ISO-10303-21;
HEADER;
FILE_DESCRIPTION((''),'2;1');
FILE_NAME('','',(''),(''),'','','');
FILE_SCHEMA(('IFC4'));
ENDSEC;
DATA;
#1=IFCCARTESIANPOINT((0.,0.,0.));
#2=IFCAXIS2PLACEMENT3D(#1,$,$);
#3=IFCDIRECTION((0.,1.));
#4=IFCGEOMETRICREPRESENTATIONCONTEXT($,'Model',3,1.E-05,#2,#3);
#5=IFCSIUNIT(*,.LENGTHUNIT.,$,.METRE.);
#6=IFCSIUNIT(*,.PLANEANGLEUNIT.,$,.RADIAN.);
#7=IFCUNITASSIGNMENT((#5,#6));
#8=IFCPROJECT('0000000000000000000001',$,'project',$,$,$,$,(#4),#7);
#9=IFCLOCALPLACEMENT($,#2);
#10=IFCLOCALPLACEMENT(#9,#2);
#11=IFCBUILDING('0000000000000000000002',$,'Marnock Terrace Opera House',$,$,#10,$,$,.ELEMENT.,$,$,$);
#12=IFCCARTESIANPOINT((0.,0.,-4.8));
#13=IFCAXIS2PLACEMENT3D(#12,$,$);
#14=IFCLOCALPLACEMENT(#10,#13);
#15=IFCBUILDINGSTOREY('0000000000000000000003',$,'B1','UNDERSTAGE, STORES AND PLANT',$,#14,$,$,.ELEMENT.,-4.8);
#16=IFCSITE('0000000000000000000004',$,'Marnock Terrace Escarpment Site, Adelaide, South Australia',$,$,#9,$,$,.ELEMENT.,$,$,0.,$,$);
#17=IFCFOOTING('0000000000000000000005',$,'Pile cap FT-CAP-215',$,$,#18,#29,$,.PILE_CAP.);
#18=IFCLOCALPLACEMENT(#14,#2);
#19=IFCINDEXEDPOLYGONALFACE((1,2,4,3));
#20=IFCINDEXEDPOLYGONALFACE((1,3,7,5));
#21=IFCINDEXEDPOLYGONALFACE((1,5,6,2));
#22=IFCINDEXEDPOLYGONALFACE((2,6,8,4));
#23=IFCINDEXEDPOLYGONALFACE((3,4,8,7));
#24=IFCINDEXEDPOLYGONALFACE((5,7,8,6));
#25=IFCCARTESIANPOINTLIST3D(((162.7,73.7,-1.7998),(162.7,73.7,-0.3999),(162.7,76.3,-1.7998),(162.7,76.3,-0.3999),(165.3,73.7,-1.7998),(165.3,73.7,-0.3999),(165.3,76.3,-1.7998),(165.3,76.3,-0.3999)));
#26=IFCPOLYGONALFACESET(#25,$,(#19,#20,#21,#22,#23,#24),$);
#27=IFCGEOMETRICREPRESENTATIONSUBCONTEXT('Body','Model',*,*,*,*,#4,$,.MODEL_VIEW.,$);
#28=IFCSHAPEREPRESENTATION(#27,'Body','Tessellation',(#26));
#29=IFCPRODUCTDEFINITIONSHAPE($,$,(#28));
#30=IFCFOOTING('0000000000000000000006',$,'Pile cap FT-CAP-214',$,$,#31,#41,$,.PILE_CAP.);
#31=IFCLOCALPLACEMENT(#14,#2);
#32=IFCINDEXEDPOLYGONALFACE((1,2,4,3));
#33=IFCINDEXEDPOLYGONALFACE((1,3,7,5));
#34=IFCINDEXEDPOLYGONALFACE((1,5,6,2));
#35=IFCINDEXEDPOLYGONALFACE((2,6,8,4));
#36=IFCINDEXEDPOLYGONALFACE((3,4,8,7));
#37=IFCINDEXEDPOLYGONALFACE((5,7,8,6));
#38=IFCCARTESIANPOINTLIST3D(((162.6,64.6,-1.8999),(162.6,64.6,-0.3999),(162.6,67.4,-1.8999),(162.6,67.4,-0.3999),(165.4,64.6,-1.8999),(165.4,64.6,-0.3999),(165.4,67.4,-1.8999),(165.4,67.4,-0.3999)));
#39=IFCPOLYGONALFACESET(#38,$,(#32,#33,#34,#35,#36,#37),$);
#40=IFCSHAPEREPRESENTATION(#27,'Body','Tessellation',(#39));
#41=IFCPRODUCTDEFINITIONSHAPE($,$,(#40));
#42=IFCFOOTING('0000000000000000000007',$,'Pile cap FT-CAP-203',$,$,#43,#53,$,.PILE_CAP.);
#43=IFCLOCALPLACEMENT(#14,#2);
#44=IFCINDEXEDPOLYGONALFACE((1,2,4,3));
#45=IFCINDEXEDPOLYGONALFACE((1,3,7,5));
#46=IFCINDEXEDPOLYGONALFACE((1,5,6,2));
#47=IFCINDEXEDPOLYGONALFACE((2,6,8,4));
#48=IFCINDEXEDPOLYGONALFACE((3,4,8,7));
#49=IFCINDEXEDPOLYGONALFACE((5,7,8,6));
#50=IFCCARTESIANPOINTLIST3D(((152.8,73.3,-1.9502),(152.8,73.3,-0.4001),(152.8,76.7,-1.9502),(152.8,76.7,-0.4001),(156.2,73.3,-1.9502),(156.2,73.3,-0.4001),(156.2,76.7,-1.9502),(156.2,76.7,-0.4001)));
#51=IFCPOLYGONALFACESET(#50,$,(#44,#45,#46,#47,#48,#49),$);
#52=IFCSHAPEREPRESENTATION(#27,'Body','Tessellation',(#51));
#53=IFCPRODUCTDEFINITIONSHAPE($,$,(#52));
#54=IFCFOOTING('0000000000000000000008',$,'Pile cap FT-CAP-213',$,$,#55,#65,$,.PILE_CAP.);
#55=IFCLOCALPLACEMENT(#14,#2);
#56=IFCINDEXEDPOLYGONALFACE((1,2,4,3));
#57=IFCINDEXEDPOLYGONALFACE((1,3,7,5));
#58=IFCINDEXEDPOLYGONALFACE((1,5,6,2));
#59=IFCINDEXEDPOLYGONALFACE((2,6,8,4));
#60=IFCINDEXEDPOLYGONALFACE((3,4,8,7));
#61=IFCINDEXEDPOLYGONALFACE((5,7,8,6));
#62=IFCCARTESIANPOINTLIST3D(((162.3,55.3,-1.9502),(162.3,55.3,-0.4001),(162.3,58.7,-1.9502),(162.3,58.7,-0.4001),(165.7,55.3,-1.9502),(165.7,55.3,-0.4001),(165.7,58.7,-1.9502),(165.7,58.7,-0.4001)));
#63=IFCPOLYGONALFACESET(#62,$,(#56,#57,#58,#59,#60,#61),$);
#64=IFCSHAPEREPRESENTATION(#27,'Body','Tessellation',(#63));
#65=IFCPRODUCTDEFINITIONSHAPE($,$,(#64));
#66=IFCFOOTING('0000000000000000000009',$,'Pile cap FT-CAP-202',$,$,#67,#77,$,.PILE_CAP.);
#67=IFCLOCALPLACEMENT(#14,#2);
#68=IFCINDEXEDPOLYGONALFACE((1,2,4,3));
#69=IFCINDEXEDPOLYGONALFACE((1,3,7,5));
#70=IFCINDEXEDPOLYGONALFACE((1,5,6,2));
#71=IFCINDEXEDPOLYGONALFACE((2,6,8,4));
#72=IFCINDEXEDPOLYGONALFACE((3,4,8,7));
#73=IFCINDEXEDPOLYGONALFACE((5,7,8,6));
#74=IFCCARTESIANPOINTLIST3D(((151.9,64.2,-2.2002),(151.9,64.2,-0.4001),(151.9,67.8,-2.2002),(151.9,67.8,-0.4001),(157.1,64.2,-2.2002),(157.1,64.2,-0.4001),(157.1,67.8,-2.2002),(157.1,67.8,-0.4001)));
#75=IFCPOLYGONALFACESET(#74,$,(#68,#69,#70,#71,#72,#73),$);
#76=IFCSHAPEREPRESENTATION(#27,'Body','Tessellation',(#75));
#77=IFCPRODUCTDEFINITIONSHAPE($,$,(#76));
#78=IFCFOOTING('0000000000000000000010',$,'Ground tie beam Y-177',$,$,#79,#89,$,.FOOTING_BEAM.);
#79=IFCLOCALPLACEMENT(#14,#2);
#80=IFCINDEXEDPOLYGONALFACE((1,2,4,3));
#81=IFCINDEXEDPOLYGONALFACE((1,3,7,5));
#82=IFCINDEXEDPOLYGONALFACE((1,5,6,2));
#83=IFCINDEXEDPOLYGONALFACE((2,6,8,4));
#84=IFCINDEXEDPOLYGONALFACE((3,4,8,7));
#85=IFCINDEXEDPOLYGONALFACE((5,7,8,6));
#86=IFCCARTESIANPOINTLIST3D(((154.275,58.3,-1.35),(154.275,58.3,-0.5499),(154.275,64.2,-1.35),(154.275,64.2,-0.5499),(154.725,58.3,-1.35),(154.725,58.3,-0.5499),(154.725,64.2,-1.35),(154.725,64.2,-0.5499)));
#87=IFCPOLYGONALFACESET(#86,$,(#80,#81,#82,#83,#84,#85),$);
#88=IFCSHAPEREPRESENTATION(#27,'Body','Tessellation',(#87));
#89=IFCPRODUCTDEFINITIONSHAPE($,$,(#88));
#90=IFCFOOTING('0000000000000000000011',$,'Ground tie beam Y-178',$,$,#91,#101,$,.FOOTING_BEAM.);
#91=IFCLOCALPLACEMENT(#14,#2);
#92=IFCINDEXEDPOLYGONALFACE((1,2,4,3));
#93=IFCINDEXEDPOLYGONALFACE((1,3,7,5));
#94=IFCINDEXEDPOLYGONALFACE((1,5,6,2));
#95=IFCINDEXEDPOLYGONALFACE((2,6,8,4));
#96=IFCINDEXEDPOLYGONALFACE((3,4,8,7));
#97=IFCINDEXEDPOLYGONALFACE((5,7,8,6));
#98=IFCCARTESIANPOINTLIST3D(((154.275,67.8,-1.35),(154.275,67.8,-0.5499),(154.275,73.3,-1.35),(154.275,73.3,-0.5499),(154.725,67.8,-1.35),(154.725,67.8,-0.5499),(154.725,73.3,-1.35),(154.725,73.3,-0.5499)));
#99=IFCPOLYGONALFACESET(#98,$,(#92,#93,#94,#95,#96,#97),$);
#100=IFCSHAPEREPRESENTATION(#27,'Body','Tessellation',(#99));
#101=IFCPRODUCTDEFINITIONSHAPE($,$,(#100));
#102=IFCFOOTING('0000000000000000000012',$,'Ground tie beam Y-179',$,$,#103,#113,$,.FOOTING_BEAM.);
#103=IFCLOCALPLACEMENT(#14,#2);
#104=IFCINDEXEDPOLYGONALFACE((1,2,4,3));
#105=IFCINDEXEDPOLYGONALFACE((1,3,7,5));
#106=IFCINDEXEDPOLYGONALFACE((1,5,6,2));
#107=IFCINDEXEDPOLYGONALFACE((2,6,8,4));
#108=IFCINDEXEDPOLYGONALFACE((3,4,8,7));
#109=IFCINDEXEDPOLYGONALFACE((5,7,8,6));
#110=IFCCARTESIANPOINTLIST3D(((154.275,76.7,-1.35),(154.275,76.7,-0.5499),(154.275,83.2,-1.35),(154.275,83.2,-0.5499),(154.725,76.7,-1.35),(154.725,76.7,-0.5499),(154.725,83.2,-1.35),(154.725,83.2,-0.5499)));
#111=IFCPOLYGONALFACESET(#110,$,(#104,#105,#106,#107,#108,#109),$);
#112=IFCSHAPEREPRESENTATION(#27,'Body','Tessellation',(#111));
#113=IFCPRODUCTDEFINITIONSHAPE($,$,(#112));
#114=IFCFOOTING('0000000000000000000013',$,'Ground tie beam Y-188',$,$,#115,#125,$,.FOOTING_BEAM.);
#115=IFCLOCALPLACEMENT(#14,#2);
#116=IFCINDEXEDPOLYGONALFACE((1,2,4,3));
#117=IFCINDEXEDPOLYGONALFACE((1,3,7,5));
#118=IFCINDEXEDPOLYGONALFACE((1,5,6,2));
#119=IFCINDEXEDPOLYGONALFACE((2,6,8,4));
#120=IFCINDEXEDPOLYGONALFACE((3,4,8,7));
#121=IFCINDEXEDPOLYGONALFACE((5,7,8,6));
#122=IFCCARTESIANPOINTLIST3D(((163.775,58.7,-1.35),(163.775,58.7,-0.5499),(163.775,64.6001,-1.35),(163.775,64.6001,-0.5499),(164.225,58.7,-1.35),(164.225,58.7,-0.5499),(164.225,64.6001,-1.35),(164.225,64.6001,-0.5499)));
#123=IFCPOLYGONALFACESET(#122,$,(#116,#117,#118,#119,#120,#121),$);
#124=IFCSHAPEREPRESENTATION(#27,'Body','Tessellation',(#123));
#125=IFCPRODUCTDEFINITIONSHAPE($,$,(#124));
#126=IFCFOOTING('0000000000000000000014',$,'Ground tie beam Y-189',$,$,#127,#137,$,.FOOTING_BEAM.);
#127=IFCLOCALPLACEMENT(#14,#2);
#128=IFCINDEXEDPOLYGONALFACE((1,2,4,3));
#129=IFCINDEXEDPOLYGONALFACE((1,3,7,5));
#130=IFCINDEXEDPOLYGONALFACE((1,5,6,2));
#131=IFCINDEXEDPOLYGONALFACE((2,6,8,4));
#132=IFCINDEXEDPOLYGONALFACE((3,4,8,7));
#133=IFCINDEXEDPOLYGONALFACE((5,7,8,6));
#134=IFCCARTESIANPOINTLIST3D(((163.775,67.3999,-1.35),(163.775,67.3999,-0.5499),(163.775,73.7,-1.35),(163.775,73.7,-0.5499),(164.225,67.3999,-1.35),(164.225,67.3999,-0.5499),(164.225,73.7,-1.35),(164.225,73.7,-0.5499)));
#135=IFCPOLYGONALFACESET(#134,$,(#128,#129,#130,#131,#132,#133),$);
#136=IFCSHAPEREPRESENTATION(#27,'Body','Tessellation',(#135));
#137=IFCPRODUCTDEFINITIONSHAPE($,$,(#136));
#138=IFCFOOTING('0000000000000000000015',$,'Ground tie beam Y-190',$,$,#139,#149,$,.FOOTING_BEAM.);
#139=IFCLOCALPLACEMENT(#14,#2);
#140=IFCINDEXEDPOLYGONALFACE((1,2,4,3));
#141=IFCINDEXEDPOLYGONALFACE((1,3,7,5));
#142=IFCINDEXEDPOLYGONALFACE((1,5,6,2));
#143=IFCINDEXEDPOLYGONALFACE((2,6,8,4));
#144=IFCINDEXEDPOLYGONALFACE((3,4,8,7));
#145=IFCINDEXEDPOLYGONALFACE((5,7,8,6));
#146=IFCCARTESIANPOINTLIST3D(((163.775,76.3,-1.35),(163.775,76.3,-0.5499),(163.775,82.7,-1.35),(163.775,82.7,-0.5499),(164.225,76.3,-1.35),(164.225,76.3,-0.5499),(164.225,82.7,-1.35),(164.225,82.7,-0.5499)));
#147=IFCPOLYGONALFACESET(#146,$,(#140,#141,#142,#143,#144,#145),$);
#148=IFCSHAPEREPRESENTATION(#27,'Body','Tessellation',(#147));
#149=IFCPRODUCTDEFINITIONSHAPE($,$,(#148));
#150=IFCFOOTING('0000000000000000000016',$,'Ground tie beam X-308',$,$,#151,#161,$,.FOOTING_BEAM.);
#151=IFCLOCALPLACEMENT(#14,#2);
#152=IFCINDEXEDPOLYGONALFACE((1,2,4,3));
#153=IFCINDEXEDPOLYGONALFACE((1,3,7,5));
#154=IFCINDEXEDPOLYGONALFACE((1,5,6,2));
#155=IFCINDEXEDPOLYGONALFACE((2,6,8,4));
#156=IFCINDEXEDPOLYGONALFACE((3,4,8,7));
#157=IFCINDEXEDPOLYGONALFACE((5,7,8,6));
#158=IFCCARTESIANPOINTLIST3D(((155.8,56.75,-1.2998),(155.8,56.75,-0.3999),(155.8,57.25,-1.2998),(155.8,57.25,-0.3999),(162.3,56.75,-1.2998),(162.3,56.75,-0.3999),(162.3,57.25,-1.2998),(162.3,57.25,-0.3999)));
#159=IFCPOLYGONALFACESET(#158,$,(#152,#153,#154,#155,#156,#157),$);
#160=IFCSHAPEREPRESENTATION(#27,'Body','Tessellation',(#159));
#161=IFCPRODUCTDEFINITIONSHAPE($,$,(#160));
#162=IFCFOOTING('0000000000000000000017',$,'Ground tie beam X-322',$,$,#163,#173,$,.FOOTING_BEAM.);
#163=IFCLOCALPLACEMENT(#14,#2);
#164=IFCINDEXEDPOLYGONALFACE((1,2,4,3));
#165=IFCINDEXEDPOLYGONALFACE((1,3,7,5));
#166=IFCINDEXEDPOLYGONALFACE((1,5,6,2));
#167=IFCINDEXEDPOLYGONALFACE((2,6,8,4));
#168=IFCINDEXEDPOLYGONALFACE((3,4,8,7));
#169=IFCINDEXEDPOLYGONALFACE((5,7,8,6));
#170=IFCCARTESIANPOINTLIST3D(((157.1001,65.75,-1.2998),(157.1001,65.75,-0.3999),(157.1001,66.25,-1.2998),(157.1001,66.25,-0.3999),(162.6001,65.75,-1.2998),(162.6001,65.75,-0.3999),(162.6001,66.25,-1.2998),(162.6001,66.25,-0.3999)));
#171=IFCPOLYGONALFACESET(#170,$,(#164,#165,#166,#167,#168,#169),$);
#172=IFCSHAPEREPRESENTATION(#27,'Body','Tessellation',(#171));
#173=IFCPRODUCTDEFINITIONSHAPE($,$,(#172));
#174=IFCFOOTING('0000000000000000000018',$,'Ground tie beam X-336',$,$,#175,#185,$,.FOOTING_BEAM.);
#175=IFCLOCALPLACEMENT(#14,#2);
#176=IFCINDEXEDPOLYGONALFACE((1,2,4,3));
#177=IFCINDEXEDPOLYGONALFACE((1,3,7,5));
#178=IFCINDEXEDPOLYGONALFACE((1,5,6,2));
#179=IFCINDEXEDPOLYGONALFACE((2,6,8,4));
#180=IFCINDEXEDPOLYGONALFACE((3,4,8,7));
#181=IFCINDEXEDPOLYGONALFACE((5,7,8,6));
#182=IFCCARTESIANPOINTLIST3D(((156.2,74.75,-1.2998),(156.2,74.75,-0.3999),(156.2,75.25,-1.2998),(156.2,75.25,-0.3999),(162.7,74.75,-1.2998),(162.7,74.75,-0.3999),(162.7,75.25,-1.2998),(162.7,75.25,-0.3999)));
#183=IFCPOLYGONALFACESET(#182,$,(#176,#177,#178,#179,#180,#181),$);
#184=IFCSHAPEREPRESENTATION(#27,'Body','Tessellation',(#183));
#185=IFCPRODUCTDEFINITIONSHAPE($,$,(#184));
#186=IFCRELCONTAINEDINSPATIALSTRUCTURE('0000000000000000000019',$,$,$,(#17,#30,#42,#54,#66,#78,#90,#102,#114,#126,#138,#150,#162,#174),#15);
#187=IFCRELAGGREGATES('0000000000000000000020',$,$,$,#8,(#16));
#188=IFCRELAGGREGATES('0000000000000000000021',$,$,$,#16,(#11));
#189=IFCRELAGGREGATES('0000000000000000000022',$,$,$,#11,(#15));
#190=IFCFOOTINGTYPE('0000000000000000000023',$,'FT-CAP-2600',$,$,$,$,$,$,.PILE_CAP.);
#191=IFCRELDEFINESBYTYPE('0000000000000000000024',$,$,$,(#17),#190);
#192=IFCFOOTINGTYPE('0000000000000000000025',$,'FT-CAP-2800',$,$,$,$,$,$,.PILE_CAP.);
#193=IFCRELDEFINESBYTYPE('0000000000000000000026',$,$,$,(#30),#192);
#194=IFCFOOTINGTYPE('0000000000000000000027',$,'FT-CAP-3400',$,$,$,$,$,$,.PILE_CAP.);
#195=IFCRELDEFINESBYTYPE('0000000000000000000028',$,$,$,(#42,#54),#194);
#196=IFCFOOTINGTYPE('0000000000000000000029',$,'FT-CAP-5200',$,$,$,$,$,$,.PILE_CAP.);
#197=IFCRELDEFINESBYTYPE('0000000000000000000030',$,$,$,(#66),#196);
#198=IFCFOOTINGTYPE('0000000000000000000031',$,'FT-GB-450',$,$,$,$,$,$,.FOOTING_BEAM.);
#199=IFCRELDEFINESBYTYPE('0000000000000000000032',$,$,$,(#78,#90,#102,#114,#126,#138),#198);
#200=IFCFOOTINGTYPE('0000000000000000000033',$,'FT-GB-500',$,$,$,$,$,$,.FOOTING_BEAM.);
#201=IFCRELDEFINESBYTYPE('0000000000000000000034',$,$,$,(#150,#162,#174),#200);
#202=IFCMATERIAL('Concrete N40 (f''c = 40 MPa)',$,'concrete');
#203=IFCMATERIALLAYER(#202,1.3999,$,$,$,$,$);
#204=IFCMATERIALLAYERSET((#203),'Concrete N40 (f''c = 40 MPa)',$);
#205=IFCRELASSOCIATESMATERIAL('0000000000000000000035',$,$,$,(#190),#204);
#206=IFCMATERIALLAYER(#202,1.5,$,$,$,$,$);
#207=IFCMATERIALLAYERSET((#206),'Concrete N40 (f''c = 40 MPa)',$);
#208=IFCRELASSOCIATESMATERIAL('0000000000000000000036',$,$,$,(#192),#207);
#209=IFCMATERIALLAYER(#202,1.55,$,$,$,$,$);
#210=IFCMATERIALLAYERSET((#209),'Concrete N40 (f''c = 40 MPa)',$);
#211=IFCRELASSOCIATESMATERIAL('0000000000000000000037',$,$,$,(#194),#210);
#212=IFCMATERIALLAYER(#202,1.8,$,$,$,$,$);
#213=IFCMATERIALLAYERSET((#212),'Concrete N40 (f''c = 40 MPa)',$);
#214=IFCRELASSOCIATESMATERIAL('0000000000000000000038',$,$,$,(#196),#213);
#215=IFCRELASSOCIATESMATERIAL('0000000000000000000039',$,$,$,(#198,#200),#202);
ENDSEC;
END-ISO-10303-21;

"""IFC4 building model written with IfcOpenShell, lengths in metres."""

from ifc_helpers import new_model, si_unit, direction, frame, origin, origin_2d, place, context, subcontext, project, spatial, rectangle, extrude, material, layer, layer_set, material_profile, profile_set, type_object, element, save


model = new_model("IFC4")

# Units and contexts
model_context = context("Model", 3, precision=1e-05, world=origin(), true_north=direction((0.0, 1.0)))
body_context = subcontext(model_context, "Body", "Model", "MODEL_VIEW")
ifc_project = project(units=[si_unit("LENGTHUNIT", "METRE"), si_unit("PLANEANGLEUNIT", "RADIAN")], contexts=[model_context])

# Site, building, storey
site_placement = place(None, origin())
site = spatial("IfcSite", under=ifc_project, at=site_placement, Name="Marnock Terrace Escarpment Site, Adelaide, South Australia", CompositionType="ELEMENT", RefElevation=0.0)
building_placement = place(site_placement, origin())
building = spatial("IfcBuilding", under=site, at=building_placement, Name="Marnock Terrace Opera House", CompositionType="ELEMENT")
storey_placement = place(building_placement, frame((0.0, 0.0, -4.8)))
storey = spatial("IfcBuildingStorey", under=building, at=storey_placement, Name="B1", Description="UNDERSTAGE, STORES AND PLANT", CompositionType="ELEMENT", Elevation=-4.8)

# Footings
ifc_material_1 = material(Name="Concrete N40 (f'c = 40 MPa)", Category="concrete")
ifc_layer_1 = layer(ifc_material_1, 1.3999)
ifc_layer_set_1 = layer_set([ifc_layer_1], Name="Concrete N40 (f'c = 40 MPa)")
footing_type_1 = type_object("IfcFootingType", Name="FT-CAP-2600", PredefinedType="PILE_CAP", material=ifc_layer_set_1)
footing_1_placement = place(storey_placement, frame((164.0, 75.0, -1.7998), z_axis=(0.0, 0.0, 1.0), x_axis=(1.0, 0.0, 0.0)))
element("IfcFooting", 1, at=footing_1_placement, inside=storey, type_object=footing_type_1, Name="Pile cap FT-CAP-215", PredefinedType="PILE_CAP", context=body_context, shape_type="SweptSolid", body=[
    extrude(rectangle(XDim=2.6001, YDim=2.6001, at=origin_2d()), origin(), (0.0, 0.0, 1.0), 1.3999),
])
ifc_layer_2 = layer(ifc_material_1, 1.5)
ifc_layer_set_2 = layer_set([ifc_layer_2], Name="Concrete N40 (f'c = 40 MPa)")
footing_type_2 = type_object("IfcFootingType", Name="FT-CAP-2800", PredefinedType="PILE_CAP", material=ifc_layer_set_2)
footing_2_placement = place(storey_placement, frame((164.0, 66.0, -1.8999), z_axis=(0.0, 0.0, 1.0), x_axis=(1.0, 0.0, 0.0)))
element("IfcFooting", 2, at=footing_2_placement, inside=storey, type_object=footing_type_2, Name="Pile cap FT-CAP-214", PredefinedType="PILE_CAP", context=body_context, shape_type="SweptSolid", body=[
    extrude(rectangle(XDim=2.8, YDim=2.8, at=origin_2d()), origin(), (0.0, 0.0, 1.0), 1.5),
])
ifc_layer_3 = layer(ifc_material_1, 1.55)
ifc_layer_set_3 = layer_set([ifc_layer_3], Name="Concrete N40 (f'c = 40 MPa)")
footing_type_3 = type_object("IfcFootingType", Name="FT-CAP-3400", PredefinedType="PILE_CAP", material=ifc_layer_set_3)
for number, where, z_axis, x_axis, name in (
    (3, (154.5, 75.0, -1.9502), (0.0, 0.0, 1.0), (1.0, 0.0, 0.0), "Pile cap FT-CAP-203"),
    (4, (164.0, 57.0, -1.9502), (0.0, 0.0, 1.0), (1.0, 0.0, 0.0), "Pile cap FT-CAP-213"),
):
    element("IfcFooting", number, at=place(storey_placement, frame(where, z_axis=z_axis, x_axis=x_axis)), inside=storey, type_object=footing_type_3, Name=name, PredefinedType="PILE_CAP", context=body_context, shape_type="SweptSolid", body=[
        extrude(rectangle(XDim=3.3999, YDim=3.3999, at=origin_2d()), origin(), (0.0, 0.0, 1.0), 1.55),
    ])
ifc_layer_4 = layer(ifc_material_1, 1.8)
ifc_layer_set_4 = layer_set([ifc_layer_4], Name="Concrete N40 (f'c = 40 MPa)")
footing_type_4 = type_object("IfcFootingType", Name="FT-CAP-5200", PredefinedType="PILE_CAP", material=ifc_layer_set_4)
footing_3_placement = place(storey_placement, frame((154.5, 66.0, -2.2002), z_axis=(0.0, 0.0, 1.0), x_axis=(1.0, 0.0, 0.0)))
element("IfcFooting", 5, at=footing_3_placement, inside=storey, type_object=footing_type_4, Name="Pile cap FT-CAP-202", PredefinedType="PILE_CAP", context=body_context, shape_type="SweptSolid", body=[
    extrude(rectangle(XDim=5.2, YDim=3.6001, at=origin_2d()), origin(), (0.0, 0.0, 1.0), 1.8),
])
ifc_material_profile_1 = material_profile(ifc_material_1, rectangle(XDim=0.45, YDim=0.8, at=origin_2d()))
ifc_profile_set_1 = profile_set([ifc_material_profile_1], Name="Concrete N40 (f'c = 40 MPa)")
footing_type_5 = type_object("IfcFootingType", Name="FT-GB-450", PredefinedType="FOOTING_BEAM", material=ifc_profile_set_1)
footing_4_placement = place(storey_placement, frame((154.5, 58.3, -0.95), z_axis=(0.0, 1.0, 0.0), x_axis=(-1.0, 0.0, 0.0)))
element("IfcFooting", 6, at=footing_4_placement, inside=storey, type_object=footing_type_5, Name="Ground tie beam Y-177", PredefinedType="FOOTING_BEAM", context=body_context, shape_type="SweptSolid", body=[
    extrude(rectangle(XDim=0.45, YDim=0.8, at=origin_2d()), origin(), (0.0, 0.0, 1.0), 5.8999),
])
footing_5_placement = place(storey_placement, frame((154.5, 67.8, -0.95), z_axis=(0.0, 1.0, 0.0), x_axis=(-1.0, 0.0, 0.0)))
element("IfcFooting", 7, at=footing_5_placement, inside=storey, type_object=footing_type_5, Name="Ground tie beam Y-178", PredefinedType="FOOTING_BEAM", context=body_context, shape_type="SweptSolid", body=[
    extrude(rectangle(XDim=0.45, YDim=0.8, at=origin_2d()), origin(), (0.0, 0.0, 1.0), 5.5),
])
footing_6_placement = place(storey_placement, frame((154.5, 76.7, -0.95), z_axis=(0.0, 1.0, 0.0), x_axis=(-1.0, 0.0, 0.0)))
element("IfcFooting", 8, at=footing_6_placement, inside=storey, type_object=footing_type_5, Name="Ground tie beam Y-179", PredefinedType="FOOTING_BEAM", context=body_context, shape_type="SweptSolid", body=[
    extrude(rectangle(XDim=0.45, YDim=0.8, at=origin_2d()), origin(), (0.0, 0.0, 1.0), 6.5),
])
footing_7_placement = place(storey_placement, frame((164.0, 58.7, -0.95), z_axis=(0.0, 1.0, 0.0), x_axis=(-1.0, 0.0, 0.0)))
element("IfcFooting", 9, at=footing_7_placement, inside=storey, type_object=footing_type_5, Name="Ground tie beam Y-188", PredefinedType="FOOTING_BEAM", context=body_context, shape_type="SweptSolid", body=[
    extrude(rectangle(XDim=0.45, YDim=0.8, at=origin_2d()), origin(), (0.0, 0.0, 1.0), 5.9001),
])
footing_8_placement = place(storey_placement, frame((164.0, 67.3999, -0.95), z_axis=(0.0, 1.0, 0.0), x_axis=(-1.0, 0.0, 0.0)))
element("IfcFooting", 10, at=footing_8_placement, inside=storey, type_object=footing_type_5, Name="Ground tie beam Y-189", PredefinedType="FOOTING_BEAM", context=body_context, shape_type="SweptSolid", body=[
    extrude(rectangle(XDim=0.45, YDim=0.8, at=origin_2d()), origin(), (0.0, 0.0, 1.0), 6.3),
])
footing_9_placement = place(storey_placement, frame((164.0, 76.3, -0.95), z_axis=(0.0, 1.0, 0.0), x_axis=(-1.0, 0.0, 0.0)))
element("IfcFooting", 11, at=footing_9_placement, inside=storey, type_object=footing_type_5, Name="Ground tie beam Y-190", PredefinedType="FOOTING_BEAM", context=body_context, shape_type="SweptSolid", body=[
    extrude(rectangle(XDim=0.45, YDim=0.8, at=origin_2d()), origin(), (0.0, 0.0, 1.0), 6.3999),
])
ifc_material_profile_2 = material_profile(ifc_material_1, rectangle(XDim=0.5, YDim=0.8999, at=origin_2d()))
ifc_profile_set_2 = profile_set([ifc_material_profile_2], Name="Concrete N40 (f'c = 40 MPa)")
footing_type_6 = type_object("IfcFootingType", Name="FT-GB-500", PredefinedType="FOOTING_BEAM", material=ifc_profile_set_2)
footing_10_placement = place(storey_placement, frame((155.8, 57.0, -0.8499), z_axis=(1.0, 0.0, 0.0), x_axis=(0.0, 1.0, 0.0)))
element("IfcFooting", 12, at=footing_10_placement, inside=storey, type_object=footing_type_6, Name="Ground tie beam X-308", PredefinedType="FOOTING_BEAM", context=body_context, shape_type="SweptSolid", body=[
    extrude(rectangle(XDim=0.5, YDim=0.8999, at=origin_2d()), origin(), (0.0, 0.0, 1.0), 6.5),
])
footing_11_placement = place(storey_placement, frame((157.1001, 66.0, -0.8499), z_axis=(1.0, 0.0, 0.0), x_axis=(0.0, 1.0, 0.0)))
element("IfcFooting", 13, at=footing_11_placement, inside=storey, type_object=footing_type_6, Name="Ground tie beam X-322", PredefinedType="FOOTING_BEAM", context=body_context, shape_type="SweptSolid", body=[
    extrude(rectangle(XDim=0.5, YDim=0.8999, at=origin_2d()), origin(), (0.0, 0.0, 1.0), 5.5),
])
footing_12_placement = place(storey_placement, frame((156.2, 75.0, -0.8499), z_axis=(1.0, 0.0, 0.0), x_axis=(0.0, 1.0, 0.0)))
element("IfcFooting", 14, at=footing_12_placement, inside=storey, type_object=footing_type_6, Name="Ground tie beam X-336", PredefinedType="FOOTING_BEAM", context=body_context, shape_type="SweptSolid", body=[
    extrude(rectangle(XDim=0.5, YDim=0.8999, at=origin_2d()), origin(), (0.0, 0.0, 1.0), 6.5),
])

save(model, "model.ifc")
